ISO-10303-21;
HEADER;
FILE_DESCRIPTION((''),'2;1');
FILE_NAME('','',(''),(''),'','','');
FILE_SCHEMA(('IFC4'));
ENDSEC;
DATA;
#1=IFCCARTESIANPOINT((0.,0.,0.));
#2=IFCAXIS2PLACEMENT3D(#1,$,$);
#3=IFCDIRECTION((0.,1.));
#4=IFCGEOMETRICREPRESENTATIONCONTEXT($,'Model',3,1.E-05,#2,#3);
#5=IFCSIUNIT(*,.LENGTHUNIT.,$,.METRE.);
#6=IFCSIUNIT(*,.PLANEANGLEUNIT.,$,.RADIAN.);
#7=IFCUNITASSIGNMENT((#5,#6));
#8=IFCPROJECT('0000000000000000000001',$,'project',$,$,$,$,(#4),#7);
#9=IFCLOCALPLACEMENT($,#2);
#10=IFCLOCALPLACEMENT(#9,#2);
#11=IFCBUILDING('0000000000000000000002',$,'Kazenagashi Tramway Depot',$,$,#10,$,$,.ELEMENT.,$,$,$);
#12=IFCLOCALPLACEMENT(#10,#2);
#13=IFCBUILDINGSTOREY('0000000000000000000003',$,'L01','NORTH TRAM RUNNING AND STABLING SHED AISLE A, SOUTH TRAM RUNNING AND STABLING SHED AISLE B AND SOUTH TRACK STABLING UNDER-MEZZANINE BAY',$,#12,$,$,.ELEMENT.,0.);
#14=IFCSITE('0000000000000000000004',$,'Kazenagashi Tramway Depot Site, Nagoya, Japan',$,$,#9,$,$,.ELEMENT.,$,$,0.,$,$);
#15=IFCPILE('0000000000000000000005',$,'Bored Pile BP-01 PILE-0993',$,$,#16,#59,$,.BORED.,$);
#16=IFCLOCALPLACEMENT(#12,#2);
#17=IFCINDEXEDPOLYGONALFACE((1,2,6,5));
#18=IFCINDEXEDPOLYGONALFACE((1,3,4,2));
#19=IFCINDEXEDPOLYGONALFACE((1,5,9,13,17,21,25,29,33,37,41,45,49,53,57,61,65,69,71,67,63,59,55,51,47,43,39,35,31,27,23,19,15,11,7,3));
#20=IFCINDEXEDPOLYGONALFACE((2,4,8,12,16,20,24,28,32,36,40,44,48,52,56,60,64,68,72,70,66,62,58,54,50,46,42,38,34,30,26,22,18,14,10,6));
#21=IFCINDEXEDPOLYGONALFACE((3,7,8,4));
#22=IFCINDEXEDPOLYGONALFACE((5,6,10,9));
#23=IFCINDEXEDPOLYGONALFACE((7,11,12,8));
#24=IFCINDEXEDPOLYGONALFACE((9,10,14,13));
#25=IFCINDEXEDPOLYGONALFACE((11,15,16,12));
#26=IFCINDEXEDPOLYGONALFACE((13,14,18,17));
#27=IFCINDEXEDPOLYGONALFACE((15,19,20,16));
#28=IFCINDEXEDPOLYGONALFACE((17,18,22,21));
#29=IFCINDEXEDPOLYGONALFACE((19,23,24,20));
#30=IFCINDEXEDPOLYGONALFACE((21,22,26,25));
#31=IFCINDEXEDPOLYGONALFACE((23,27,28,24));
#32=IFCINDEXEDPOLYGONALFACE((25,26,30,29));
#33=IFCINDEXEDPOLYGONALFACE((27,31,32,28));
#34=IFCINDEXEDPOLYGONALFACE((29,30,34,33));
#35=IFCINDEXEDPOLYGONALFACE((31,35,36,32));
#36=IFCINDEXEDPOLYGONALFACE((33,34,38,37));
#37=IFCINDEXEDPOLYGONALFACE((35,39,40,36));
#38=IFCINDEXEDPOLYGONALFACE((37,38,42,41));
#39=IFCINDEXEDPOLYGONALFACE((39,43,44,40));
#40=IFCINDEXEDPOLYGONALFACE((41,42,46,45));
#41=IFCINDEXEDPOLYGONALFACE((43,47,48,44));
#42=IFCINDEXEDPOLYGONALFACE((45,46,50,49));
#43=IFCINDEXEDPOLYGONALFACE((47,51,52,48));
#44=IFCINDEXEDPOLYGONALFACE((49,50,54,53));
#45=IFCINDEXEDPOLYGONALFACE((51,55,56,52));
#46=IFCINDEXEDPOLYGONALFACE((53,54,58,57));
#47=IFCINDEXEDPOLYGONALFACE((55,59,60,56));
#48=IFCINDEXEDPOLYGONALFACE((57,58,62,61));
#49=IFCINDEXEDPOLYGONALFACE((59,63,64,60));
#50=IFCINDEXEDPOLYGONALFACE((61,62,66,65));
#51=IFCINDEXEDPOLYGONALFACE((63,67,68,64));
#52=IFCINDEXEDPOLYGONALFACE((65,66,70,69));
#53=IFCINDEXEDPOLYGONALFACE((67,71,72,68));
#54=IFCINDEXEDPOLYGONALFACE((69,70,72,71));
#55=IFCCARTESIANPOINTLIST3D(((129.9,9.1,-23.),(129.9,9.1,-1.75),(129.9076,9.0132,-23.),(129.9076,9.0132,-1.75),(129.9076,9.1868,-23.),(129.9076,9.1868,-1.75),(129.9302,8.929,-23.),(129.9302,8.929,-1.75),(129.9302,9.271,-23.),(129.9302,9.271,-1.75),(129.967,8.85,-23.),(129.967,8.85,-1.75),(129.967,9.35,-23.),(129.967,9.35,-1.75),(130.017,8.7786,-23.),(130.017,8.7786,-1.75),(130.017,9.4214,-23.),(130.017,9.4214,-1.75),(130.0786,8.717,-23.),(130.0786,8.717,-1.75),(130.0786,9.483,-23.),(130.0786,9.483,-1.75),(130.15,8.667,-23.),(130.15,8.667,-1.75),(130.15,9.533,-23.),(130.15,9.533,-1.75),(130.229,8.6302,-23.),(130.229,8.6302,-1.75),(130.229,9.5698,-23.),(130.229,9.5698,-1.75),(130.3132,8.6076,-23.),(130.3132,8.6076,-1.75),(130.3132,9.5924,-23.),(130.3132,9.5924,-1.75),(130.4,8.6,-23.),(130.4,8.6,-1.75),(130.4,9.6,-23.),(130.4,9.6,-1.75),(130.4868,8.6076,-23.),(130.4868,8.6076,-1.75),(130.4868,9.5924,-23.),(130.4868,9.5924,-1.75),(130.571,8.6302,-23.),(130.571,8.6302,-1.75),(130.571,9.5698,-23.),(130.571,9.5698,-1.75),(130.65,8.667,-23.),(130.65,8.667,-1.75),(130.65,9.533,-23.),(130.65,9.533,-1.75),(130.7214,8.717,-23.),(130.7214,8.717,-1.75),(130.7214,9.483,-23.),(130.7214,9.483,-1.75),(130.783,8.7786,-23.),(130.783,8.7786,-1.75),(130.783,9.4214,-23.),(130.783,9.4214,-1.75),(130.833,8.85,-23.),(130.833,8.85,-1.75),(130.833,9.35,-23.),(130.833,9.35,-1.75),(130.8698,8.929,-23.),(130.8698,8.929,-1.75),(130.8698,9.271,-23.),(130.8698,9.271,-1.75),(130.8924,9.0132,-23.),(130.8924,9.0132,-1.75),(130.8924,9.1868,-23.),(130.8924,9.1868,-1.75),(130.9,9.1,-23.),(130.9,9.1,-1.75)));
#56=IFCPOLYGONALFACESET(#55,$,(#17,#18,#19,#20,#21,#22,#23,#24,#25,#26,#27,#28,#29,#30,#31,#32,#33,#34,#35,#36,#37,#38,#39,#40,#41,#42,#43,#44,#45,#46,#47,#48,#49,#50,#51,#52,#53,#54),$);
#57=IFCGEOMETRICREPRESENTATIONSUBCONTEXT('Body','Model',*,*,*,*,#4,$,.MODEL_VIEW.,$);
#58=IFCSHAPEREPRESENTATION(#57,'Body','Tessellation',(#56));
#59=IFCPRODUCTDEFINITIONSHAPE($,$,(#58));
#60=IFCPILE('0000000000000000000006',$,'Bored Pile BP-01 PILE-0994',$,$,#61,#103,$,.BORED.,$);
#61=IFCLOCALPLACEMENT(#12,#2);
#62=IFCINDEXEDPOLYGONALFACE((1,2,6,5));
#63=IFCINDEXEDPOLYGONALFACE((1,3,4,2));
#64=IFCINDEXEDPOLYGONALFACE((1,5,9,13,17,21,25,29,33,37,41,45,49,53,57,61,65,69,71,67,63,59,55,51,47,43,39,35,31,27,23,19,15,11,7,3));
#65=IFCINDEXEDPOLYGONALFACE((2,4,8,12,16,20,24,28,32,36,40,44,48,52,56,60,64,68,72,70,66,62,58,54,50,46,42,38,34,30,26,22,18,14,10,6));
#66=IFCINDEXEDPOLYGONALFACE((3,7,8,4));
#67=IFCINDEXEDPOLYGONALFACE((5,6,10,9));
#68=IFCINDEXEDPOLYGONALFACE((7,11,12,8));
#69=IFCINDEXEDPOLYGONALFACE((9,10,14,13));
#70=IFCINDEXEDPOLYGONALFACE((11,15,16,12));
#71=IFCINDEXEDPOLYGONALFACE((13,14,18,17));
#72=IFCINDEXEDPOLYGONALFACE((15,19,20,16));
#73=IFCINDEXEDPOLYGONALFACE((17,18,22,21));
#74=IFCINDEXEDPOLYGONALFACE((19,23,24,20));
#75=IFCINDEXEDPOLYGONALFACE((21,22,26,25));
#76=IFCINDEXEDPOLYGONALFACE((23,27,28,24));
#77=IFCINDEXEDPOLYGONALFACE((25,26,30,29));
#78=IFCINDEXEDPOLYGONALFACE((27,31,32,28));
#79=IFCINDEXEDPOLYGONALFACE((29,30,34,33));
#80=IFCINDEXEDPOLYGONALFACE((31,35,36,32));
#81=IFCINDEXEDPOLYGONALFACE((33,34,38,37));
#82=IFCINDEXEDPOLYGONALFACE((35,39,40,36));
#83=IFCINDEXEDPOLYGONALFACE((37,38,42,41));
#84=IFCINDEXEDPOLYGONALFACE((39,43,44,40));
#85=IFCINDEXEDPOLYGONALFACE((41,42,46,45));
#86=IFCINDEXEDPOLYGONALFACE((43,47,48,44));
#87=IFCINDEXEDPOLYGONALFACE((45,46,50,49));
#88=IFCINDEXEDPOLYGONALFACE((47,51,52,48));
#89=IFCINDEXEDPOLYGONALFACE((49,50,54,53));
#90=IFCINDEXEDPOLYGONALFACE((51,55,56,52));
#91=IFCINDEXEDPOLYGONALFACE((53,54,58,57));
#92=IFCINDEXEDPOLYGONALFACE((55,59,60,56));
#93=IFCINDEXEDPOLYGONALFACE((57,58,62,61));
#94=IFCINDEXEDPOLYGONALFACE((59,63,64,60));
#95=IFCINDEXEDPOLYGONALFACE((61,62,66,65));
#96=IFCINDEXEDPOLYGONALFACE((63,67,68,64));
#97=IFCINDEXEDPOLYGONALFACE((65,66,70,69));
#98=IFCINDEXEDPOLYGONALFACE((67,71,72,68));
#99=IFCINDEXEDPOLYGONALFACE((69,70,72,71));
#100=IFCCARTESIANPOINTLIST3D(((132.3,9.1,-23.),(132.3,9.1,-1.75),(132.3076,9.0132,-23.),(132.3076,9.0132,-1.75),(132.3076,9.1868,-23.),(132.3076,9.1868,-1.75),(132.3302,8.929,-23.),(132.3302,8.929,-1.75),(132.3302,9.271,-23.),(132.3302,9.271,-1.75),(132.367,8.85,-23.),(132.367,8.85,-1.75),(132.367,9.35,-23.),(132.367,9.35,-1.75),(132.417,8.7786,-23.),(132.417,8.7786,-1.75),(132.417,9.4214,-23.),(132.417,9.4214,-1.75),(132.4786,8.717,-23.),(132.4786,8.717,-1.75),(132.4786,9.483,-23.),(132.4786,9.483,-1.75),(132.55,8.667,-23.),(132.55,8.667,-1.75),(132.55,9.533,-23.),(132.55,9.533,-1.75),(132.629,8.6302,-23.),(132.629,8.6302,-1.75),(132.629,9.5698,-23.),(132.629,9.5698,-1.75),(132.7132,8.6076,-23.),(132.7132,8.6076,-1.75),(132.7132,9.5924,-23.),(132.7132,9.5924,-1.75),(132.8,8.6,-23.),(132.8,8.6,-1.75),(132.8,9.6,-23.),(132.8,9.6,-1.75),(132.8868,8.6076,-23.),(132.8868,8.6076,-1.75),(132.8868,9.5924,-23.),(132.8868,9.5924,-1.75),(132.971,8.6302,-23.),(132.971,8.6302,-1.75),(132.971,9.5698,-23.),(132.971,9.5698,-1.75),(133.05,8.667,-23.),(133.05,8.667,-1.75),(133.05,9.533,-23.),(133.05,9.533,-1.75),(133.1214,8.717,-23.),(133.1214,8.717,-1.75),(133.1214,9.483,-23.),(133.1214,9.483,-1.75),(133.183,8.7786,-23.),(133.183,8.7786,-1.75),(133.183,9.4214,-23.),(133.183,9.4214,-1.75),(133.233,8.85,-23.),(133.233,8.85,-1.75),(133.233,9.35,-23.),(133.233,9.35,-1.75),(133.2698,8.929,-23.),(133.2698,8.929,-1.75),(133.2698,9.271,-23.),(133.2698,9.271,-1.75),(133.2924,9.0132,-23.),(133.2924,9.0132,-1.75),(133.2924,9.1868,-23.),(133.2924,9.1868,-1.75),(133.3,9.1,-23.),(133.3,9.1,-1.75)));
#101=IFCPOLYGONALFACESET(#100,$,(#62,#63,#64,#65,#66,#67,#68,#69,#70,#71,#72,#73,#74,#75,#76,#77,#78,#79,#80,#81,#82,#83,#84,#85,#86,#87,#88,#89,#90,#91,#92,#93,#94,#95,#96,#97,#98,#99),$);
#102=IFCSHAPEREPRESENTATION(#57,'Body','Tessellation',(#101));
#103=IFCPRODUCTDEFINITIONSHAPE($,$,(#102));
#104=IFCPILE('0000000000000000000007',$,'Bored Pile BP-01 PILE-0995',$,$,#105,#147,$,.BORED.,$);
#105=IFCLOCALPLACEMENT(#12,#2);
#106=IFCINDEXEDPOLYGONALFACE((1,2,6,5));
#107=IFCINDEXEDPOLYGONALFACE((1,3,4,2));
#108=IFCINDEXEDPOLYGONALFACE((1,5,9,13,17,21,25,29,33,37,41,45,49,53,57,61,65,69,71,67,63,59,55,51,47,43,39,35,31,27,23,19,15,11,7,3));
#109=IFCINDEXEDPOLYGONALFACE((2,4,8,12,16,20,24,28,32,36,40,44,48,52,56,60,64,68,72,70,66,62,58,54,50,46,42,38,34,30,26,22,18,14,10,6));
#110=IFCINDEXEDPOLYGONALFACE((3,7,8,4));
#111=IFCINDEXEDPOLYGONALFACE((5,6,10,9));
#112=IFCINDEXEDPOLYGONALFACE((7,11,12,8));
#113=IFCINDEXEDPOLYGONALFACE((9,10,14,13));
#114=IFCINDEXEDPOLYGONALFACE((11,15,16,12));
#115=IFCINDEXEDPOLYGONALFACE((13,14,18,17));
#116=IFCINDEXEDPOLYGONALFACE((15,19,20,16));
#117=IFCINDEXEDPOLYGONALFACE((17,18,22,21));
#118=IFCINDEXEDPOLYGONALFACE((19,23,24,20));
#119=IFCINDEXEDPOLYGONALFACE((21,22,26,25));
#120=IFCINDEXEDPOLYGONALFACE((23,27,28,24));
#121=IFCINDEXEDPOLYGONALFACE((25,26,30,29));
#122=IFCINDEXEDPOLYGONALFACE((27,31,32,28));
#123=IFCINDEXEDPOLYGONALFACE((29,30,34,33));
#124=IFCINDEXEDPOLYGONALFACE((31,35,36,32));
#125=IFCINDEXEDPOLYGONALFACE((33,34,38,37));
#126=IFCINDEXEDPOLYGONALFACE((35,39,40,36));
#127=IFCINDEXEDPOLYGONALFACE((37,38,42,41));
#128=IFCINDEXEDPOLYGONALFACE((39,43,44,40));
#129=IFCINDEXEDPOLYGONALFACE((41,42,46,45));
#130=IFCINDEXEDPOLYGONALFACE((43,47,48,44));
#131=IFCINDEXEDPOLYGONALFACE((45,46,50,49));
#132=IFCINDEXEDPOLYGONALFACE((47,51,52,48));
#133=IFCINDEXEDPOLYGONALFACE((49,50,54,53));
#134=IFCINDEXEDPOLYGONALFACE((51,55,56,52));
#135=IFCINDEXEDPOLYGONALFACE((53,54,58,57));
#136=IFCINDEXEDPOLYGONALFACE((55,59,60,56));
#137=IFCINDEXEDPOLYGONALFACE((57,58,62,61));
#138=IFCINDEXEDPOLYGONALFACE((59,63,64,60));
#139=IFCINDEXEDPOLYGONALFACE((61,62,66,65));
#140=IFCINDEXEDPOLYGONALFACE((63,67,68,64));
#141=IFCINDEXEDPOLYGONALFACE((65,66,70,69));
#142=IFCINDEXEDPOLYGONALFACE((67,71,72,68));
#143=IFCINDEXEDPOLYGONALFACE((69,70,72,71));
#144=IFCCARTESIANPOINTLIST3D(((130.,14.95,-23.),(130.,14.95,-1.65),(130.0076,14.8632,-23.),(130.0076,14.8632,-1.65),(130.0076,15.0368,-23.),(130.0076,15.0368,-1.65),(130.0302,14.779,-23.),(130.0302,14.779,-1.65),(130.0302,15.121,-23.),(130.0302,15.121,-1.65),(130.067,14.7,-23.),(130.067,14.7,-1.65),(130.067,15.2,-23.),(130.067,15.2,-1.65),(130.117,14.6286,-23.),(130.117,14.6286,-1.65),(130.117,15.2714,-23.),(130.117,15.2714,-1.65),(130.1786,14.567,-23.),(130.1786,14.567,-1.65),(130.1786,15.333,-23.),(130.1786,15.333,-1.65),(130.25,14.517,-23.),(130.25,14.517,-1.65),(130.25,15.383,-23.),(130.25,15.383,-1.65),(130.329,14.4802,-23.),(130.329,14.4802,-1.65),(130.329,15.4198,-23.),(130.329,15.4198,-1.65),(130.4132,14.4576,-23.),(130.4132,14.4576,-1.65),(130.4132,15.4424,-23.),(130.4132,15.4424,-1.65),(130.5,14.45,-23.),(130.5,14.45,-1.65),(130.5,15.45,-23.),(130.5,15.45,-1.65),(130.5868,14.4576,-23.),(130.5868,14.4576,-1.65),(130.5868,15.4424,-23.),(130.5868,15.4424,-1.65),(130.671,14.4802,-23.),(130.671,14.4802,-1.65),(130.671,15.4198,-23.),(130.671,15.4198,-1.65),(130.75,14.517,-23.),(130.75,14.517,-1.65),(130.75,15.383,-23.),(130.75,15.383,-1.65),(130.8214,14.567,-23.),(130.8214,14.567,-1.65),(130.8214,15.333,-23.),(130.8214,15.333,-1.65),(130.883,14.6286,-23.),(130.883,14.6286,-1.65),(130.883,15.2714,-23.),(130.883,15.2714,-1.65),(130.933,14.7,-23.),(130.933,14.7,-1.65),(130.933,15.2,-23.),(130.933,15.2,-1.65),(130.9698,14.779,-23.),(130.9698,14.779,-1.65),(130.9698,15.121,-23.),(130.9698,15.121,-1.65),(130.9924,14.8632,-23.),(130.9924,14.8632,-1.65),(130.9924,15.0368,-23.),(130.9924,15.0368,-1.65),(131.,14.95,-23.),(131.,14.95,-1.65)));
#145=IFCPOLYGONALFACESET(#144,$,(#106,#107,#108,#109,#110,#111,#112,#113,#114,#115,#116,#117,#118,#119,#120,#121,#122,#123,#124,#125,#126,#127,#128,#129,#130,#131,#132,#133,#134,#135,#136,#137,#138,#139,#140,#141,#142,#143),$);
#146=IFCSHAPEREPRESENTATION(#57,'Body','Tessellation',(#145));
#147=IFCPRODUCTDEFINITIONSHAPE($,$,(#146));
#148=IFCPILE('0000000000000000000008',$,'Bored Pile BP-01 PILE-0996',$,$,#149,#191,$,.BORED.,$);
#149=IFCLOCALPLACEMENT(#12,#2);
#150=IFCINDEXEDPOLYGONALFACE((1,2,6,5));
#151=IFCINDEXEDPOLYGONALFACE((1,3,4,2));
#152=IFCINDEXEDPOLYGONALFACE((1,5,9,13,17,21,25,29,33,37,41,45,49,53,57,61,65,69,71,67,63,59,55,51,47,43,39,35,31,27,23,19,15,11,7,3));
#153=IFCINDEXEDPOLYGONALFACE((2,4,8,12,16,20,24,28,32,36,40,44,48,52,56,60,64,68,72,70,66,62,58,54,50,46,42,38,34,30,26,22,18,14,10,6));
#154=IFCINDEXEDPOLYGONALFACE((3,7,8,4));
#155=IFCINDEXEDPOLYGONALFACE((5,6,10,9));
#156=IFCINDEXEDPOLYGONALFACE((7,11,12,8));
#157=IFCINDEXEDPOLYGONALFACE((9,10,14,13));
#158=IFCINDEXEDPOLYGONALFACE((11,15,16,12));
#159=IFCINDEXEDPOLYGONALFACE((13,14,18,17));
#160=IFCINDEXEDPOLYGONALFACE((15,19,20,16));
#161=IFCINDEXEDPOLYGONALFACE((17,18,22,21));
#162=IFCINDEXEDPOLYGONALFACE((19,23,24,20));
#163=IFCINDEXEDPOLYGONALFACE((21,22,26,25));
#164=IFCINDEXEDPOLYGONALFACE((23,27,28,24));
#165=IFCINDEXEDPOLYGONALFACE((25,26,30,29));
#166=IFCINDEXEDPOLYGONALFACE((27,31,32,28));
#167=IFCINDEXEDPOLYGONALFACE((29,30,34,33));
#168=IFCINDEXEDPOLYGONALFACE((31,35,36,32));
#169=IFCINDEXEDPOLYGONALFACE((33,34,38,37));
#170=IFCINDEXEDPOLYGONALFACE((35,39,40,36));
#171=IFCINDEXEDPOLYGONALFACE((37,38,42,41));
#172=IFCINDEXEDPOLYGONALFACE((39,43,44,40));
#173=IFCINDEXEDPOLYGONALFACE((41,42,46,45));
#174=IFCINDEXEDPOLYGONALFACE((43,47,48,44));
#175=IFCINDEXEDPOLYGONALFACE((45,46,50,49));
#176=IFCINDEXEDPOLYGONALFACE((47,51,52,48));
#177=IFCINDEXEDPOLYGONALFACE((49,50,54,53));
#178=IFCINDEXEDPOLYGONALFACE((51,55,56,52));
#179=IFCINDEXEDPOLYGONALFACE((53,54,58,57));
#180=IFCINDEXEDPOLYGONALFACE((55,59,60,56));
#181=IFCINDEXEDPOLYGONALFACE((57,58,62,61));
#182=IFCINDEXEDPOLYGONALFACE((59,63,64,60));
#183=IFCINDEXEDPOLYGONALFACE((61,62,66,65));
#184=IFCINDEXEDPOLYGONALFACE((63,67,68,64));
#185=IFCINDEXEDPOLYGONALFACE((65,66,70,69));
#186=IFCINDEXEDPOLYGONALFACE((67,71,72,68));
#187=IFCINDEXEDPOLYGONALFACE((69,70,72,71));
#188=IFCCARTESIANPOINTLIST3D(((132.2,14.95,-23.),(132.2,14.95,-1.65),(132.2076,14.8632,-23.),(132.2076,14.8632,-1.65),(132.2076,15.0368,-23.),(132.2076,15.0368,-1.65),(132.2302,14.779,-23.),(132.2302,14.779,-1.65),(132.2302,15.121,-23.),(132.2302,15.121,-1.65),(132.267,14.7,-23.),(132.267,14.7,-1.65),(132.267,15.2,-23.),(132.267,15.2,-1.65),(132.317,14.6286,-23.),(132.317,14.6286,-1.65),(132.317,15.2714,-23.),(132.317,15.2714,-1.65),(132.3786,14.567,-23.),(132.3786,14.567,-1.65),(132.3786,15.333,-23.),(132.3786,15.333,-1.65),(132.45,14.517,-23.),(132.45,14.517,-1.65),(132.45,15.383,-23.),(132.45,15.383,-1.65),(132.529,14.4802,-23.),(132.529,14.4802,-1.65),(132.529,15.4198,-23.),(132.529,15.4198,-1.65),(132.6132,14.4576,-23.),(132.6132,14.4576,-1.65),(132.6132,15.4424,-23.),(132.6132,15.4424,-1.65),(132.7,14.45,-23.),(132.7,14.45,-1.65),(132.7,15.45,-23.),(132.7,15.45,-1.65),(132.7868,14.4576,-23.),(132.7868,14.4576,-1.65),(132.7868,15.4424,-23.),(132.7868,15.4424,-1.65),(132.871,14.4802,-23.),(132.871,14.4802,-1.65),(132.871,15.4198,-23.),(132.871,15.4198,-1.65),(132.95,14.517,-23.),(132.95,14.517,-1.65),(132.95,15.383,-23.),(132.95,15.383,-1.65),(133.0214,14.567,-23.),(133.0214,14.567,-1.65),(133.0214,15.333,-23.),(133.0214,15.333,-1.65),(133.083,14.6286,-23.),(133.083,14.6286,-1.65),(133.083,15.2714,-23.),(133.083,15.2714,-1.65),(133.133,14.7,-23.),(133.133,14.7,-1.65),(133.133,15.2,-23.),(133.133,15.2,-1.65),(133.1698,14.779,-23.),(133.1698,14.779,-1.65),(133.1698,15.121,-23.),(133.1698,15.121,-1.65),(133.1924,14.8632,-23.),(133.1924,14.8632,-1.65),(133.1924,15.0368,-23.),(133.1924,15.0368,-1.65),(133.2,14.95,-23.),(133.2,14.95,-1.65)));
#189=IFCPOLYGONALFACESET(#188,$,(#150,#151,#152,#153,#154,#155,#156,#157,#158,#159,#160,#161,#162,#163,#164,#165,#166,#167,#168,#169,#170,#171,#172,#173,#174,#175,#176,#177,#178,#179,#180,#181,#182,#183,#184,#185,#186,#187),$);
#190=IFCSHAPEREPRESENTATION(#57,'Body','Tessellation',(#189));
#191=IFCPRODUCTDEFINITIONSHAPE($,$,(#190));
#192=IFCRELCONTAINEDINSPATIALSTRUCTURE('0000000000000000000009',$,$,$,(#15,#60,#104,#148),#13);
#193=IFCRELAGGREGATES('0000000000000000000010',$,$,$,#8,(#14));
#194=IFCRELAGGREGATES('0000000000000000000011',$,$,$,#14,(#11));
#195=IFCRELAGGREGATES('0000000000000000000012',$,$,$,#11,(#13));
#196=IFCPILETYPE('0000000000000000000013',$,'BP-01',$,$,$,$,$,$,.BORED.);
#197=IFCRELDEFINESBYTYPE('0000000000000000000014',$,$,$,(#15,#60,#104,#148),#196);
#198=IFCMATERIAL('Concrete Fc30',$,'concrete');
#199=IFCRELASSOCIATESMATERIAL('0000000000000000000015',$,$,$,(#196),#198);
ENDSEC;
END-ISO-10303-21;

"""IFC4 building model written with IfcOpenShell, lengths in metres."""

from ifc_helpers import new_model, si_unit, direction, frame, origin, origin_2d, place, context, subcontext, project, spatial, circle, extrude, material, material_profile, profile_set, type_object, element, save


model = new_model("IFC4")

# Units and contexts
model_context = context("Model", 3, precision=1e-05, world=origin(), true_north=direction((0.0, 1.0)))
body_context = subcontext(model_context, "Body", "Model", "MODEL_VIEW")
ifc_project = project(units=[si_unit("LENGTHUNIT", "METRE"), si_unit("PLANEANGLEUNIT", "RADIAN")], contexts=[model_context])

# Site, building, storey
site_placement = place(None, origin())
site = spatial("IfcSite", under=ifc_project, at=site_placement, Name="Kazenagashi Tramway Depot Site, Nagoya, Japan", CompositionType="ELEMENT", RefElevation=0.0)
building_placement = place(site_placement, origin())
building = spatial("IfcBuilding", under=site, at=building_placement, Name="Kazenagashi Tramway Depot", CompositionType="ELEMENT")
storey_placement = place(building_placement, origin())
storey = spatial("IfcBuildingStorey", under=building, at=storey_placement, Name="L01", Description="NORTH TRAM RUNNING AND STABLING SHED AISLE A, SOUTH TRAM RUNNING AND STABLING SHED AISLE B AND SOUTH TRACK STABLING UNDER-MEZZANINE BAY", CompositionType="ELEMENT", Elevation=0.0)

# Piles
ifc_material_1 = material(Name="Concrete Fc30", Category="concrete")
ifc_material_profile_1 = material_profile(ifc_material_1, circle(Radius=0.5, at=origin_2d()), Name="PILE-1000")
ifc_profile_set_1 = profile_set([ifc_material_profile_1], Name="Concrete Fc30")
pile_type = type_object("IfcPileType", Name="BP-01", PredefinedType="BORED", material=ifc_profile_set_1)
for number, where, z_axis, x_axis, name in (
    (1, (130.4, 9.1, -1.75), (0.0, 0.0, -1.0), (1.0, 0.0, 0.0), "Bored Pile BP-01 PILE-0993"),
    (2, (132.8, 9.1, -1.75), (0.0, 0.0, -1.0), (1.0, 0.0, 0.0), "Bored Pile BP-01 PILE-0994"),
):
    element("IfcPile", number, at=place(storey_placement, frame(where, z_axis=z_axis, x_axis=x_axis)), inside=storey, type_object=pile_type, Name=name, PredefinedType="BORED", context=body_context, shape_type="SweptSolid", body=[
        extrude(circle(Radius=0.5, at=origin_2d()), origin(), (0.0, 0.0, 1.0), 21.25),
    ])
for number, where, z_axis, x_axis, name in (
    (3, (130.5, 14.95, -1.65), (0.0, 0.0, -1.0), (1.0, 0.0, 0.0), "Bored Pile BP-01 PILE-0995"),
    (4, (132.7, 14.95, -1.65), (0.0, 0.0, -1.0), (1.0, 0.0, 0.0), "Bored Pile BP-01 PILE-0996"),
):
    element("IfcPile", number, at=place(storey_placement, frame(where, z_axis=z_axis, x_axis=x_axis)), inside=storey, type_object=pile_type, Name=name, PredefinedType="BORED", context=body_context, shape_type="SweptSolid", body=[
        extrude(circle(Radius=0.5, at=origin_2d()), origin(), (0.0, 0.0, 1.0), 21.35),
    ])

save(model, "model.ifc")
